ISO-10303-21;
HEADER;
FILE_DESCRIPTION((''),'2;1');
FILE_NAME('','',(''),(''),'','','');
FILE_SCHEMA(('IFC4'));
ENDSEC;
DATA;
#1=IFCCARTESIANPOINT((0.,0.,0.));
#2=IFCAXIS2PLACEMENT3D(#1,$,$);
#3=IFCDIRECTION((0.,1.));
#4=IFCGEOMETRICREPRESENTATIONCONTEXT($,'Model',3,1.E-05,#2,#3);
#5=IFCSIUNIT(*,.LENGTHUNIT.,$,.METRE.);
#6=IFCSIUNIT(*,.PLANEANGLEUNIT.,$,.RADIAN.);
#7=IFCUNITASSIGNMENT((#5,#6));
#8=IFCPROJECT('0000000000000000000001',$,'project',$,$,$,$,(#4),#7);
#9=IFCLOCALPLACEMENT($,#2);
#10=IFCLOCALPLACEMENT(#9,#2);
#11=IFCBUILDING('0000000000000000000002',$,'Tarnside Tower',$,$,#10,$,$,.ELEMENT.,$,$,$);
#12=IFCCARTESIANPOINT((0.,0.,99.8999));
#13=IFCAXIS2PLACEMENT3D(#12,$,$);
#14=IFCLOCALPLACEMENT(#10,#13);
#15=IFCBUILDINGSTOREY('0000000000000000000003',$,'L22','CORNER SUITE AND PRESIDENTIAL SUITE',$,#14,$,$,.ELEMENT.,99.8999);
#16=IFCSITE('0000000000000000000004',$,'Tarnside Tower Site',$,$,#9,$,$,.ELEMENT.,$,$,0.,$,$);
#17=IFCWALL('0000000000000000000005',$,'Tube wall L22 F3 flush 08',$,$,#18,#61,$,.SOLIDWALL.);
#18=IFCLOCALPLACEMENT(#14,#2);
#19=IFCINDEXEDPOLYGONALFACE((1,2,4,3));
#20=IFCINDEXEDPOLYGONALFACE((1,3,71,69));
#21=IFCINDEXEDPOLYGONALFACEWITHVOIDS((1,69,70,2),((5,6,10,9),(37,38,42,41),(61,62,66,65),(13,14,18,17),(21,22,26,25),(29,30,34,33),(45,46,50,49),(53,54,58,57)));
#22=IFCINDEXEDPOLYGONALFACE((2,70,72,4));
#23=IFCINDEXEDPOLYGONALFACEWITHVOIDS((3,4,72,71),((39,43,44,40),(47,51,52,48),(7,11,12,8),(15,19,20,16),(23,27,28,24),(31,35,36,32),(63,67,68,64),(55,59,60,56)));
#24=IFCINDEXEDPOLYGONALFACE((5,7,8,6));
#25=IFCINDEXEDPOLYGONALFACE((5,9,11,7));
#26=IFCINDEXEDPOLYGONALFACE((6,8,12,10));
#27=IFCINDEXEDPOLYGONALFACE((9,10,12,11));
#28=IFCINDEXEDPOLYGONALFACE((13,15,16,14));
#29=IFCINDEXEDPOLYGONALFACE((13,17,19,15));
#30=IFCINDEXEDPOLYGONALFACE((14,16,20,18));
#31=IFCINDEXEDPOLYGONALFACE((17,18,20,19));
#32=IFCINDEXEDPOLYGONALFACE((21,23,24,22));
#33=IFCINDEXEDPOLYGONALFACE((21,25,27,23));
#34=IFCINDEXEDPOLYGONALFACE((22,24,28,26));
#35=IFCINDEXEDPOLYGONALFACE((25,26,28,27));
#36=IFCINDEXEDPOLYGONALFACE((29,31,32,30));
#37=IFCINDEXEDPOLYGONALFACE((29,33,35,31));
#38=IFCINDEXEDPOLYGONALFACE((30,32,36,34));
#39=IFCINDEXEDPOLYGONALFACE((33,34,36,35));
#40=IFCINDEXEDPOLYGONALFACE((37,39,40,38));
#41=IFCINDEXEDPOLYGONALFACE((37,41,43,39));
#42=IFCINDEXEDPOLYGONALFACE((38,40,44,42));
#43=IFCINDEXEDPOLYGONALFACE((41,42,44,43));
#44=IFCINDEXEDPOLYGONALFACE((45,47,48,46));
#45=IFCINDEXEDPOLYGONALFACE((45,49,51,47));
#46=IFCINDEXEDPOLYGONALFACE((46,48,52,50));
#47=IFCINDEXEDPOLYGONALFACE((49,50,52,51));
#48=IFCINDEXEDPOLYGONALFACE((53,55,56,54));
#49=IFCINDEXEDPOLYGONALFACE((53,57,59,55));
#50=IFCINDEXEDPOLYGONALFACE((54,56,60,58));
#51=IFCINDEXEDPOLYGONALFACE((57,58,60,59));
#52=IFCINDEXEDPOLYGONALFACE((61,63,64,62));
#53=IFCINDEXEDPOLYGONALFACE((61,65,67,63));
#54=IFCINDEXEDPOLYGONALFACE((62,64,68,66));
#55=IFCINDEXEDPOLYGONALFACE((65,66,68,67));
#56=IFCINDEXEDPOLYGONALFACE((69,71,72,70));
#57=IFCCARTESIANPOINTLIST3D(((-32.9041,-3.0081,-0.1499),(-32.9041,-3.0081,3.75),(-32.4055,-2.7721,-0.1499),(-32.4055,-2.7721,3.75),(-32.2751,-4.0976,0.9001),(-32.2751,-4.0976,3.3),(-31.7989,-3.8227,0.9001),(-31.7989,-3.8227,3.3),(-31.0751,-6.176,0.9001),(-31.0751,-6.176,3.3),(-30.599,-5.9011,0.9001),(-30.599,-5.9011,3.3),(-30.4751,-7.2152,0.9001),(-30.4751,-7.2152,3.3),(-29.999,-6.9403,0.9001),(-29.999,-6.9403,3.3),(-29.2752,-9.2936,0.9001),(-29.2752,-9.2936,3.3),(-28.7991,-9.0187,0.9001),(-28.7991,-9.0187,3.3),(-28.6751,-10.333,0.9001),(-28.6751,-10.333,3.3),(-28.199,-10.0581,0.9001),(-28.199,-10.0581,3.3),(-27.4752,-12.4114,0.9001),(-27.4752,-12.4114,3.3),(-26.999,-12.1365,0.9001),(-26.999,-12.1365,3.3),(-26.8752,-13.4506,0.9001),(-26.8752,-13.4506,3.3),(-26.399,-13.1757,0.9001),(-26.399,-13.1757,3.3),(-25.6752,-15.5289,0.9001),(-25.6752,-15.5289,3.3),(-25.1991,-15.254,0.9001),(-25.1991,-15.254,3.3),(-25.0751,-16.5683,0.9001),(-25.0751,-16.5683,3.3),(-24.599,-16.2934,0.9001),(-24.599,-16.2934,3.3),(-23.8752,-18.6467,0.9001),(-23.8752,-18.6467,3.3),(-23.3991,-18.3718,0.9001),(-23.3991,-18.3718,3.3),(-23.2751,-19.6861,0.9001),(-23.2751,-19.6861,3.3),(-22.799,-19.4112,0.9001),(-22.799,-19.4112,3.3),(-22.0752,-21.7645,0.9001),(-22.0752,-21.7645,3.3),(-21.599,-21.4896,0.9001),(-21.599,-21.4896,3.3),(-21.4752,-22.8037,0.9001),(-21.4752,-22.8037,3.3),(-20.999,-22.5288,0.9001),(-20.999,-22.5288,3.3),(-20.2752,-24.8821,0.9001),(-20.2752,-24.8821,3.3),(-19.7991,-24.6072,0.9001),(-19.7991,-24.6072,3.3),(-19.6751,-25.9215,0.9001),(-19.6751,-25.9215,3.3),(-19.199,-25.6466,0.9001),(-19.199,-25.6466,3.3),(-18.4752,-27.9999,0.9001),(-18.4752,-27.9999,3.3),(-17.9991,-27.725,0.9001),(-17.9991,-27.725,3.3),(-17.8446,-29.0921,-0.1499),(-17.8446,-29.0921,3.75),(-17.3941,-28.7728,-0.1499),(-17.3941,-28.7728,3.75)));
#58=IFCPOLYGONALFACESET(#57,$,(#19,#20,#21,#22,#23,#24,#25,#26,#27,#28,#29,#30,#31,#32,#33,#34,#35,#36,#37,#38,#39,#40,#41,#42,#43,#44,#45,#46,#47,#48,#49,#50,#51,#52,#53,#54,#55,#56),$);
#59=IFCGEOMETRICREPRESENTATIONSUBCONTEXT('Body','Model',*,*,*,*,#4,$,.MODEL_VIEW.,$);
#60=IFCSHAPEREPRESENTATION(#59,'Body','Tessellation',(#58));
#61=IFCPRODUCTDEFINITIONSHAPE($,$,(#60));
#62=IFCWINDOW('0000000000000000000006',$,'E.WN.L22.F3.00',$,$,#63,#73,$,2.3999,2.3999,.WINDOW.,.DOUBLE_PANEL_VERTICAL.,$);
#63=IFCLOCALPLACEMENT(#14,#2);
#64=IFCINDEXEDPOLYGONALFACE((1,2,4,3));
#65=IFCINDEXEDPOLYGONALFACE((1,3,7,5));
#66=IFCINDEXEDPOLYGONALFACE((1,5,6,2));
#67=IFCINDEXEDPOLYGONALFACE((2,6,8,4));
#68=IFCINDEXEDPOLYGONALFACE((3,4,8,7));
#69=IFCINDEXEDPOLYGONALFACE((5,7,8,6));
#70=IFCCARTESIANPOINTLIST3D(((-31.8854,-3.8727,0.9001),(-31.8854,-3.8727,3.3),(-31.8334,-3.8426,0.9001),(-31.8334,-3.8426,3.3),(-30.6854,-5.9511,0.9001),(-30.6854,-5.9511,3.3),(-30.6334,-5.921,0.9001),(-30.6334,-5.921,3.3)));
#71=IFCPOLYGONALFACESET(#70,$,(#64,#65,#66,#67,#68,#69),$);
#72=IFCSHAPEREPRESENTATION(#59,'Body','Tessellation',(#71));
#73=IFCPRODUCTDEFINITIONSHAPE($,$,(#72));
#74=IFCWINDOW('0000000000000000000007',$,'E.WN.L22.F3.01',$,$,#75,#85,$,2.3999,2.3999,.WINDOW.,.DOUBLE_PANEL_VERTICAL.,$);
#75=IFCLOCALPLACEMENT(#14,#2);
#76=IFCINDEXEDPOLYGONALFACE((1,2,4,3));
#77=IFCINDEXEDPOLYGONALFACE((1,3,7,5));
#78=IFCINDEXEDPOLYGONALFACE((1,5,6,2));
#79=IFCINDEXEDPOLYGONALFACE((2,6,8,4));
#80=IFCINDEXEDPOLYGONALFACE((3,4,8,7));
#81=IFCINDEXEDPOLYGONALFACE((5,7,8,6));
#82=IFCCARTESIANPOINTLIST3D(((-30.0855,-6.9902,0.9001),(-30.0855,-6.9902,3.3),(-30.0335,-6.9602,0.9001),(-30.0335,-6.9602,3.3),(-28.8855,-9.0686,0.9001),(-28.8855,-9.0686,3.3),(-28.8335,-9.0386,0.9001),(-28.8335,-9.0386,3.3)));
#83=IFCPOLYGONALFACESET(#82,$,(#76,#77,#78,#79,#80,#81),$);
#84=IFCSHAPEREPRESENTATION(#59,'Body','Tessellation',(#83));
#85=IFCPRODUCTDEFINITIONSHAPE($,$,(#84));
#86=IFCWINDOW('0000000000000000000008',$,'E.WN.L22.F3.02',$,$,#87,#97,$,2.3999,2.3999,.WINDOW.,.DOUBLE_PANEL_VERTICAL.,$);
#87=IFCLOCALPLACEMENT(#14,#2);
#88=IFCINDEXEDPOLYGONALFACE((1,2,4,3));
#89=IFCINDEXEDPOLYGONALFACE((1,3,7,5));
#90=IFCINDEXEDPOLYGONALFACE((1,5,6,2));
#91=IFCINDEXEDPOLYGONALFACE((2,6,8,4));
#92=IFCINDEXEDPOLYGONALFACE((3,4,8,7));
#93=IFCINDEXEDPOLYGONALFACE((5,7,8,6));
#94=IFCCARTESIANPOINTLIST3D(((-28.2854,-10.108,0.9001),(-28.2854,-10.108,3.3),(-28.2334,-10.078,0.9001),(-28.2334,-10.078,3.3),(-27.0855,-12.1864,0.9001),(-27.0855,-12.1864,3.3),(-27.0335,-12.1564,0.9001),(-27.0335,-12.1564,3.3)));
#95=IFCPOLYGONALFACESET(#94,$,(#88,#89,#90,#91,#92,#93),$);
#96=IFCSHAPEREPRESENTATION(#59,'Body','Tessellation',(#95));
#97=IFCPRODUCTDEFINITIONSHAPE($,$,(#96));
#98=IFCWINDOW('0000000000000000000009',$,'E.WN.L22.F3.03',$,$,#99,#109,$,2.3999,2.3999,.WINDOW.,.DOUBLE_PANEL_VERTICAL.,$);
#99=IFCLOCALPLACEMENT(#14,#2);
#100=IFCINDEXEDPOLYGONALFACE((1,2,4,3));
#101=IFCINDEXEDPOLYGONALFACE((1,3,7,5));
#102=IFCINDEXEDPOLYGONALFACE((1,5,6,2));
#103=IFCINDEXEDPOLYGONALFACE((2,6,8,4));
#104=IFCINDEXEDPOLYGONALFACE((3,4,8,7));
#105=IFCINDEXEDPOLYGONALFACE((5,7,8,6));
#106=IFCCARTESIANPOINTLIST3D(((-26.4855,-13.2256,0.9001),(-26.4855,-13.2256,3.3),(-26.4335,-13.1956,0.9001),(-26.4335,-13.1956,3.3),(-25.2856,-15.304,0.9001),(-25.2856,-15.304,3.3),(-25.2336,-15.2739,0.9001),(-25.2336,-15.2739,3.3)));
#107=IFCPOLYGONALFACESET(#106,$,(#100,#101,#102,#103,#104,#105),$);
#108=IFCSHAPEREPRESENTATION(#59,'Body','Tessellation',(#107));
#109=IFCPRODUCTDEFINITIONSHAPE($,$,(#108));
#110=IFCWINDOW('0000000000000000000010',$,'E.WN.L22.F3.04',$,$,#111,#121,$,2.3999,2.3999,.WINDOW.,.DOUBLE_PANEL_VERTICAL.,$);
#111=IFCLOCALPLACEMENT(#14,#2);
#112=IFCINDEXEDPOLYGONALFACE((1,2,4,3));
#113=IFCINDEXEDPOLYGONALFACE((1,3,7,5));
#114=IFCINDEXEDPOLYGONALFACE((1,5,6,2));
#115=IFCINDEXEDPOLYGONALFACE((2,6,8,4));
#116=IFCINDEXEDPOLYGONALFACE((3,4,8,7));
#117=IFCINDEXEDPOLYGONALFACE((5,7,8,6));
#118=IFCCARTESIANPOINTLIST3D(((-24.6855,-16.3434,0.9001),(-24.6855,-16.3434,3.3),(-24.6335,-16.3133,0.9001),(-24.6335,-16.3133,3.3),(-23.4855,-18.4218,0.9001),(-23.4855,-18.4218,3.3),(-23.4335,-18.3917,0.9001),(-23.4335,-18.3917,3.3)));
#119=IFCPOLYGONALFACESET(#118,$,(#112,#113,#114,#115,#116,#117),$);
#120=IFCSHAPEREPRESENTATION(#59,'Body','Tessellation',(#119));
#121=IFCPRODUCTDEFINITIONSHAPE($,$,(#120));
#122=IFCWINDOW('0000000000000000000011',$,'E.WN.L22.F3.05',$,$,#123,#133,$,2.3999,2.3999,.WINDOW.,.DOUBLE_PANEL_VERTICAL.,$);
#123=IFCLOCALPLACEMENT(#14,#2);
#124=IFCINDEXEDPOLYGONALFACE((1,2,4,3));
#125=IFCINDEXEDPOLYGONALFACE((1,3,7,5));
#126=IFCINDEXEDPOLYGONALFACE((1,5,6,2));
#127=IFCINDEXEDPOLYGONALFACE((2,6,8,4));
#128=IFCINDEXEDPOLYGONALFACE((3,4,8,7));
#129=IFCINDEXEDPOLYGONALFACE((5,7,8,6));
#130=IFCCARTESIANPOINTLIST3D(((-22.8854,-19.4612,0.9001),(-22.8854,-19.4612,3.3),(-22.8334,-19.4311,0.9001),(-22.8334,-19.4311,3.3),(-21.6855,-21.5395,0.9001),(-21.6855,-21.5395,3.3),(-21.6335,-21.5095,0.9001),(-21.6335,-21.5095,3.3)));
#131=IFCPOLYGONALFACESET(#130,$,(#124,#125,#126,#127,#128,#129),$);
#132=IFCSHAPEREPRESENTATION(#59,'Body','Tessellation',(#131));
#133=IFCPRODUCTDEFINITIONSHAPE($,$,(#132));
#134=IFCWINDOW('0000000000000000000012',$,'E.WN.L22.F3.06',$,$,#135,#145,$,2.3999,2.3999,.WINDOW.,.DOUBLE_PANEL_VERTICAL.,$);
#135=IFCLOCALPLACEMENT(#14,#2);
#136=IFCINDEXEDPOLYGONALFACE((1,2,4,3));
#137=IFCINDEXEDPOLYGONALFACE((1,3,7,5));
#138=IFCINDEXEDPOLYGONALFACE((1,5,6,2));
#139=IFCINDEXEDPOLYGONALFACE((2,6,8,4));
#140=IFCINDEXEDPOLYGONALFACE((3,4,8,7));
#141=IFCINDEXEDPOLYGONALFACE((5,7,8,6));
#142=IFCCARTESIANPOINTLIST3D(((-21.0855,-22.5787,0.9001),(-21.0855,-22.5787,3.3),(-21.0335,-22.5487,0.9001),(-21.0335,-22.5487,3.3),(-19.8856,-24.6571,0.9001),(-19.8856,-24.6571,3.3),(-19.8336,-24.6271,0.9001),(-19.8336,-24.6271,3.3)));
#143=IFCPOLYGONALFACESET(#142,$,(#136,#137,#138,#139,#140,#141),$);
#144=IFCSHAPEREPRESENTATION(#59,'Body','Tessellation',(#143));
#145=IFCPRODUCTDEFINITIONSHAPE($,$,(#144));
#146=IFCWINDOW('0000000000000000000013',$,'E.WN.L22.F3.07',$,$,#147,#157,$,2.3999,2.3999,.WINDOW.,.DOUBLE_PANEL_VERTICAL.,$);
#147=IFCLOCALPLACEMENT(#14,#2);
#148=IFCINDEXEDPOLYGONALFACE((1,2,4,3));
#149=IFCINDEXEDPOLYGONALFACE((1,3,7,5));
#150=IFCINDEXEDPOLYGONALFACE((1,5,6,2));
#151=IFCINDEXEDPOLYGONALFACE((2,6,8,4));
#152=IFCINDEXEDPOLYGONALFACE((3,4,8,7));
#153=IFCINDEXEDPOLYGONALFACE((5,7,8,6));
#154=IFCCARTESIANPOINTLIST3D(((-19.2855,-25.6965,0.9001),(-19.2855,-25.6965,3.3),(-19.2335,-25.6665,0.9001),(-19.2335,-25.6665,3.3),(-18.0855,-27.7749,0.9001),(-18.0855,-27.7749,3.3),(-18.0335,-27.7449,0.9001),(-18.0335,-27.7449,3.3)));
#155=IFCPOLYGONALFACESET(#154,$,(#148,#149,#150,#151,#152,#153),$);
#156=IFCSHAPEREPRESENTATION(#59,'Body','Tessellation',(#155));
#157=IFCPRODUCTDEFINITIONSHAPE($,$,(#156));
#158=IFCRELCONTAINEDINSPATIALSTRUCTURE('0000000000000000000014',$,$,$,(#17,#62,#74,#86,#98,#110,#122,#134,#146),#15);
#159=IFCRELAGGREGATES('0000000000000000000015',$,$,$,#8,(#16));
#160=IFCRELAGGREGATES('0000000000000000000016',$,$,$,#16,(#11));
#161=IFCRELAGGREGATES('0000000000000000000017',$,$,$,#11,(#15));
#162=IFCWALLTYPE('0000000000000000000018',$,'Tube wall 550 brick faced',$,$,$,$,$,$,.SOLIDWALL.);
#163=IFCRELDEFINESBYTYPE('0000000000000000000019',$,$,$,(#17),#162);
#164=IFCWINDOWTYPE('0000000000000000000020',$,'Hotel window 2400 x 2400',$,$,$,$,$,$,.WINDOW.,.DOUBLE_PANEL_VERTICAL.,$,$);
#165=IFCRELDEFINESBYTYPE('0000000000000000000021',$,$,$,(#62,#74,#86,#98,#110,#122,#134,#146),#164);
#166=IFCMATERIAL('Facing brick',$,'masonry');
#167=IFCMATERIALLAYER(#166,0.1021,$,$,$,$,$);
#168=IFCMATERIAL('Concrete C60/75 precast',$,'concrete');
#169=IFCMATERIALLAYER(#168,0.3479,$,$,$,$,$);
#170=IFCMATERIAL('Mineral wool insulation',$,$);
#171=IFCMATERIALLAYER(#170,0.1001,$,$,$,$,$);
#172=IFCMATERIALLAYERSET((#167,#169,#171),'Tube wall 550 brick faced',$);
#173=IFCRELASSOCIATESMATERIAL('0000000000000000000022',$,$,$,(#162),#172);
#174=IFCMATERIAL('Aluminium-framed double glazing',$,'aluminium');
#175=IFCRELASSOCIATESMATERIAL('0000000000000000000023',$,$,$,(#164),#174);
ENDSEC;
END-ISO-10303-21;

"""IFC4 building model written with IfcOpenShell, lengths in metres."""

from ifc_helpers import new_model, si_unit, direction, frame, frame_2d, origin, place, context, subcontext, project, spatial, polyline, rectangle, outline, extrude, material, layer, layer_set, type_object, element, fill, save


model = new_model("IFC4")

# Units and contexts
model_context = context("Model", 3, precision=1e-05, world=origin(), true_north=direction((0.0, 1.0)))
body_context = subcontext(model_context, "Body", "Model", "MODEL_VIEW")
ifc_project = project(units=[si_unit("LENGTHUNIT", "METRE"), si_unit("PLANEANGLEUNIT", "RADIAN")], contexts=[model_context])

# Site, building, storey
site_placement = place(None, origin())
site = spatial("IfcSite", under=ifc_project, at=site_placement, Name="Tarnside Tower Site", CompositionType="ELEMENT", RefElevation=0.0)
building_placement = place(site_placement, origin())
building = spatial("IfcBuilding", under=site, at=building_placement, Name="Tarnside Tower", CompositionType="ELEMENT")
storey_placement = place(building_placement, frame((0.0, 0.0, 99.8999)))
storey = spatial("IfcBuildingStorey", under=building, at=storey_placement, Name="L22", Description="CORNER SUITE AND PRESIDENTIAL SUITE", CompositionType="ELEMENT", Elevation=99.8999)

# Shared definitions
ifc_material_1 = material(Name="Facing brick", Category="masonry")
ifc_layer_1 = layer(ifc_material_1, 0.1021)
ifc_material_2 = material(Name="Concrete C60/75 precast", Category="concrete")
ifc_layer_2 = layer(ifc_material_2, 0.3479)
ifc_material_3 = material(Name="Mineral wool insulation")
ifc_layer_3 = layer(ifc_material_3, 0.1001)
ifc_layer_set_1 = layer_set([ifc_layer_1, ifc_layer_2, ifc_layer_3], Name="Tube wall 550 brick faced")
wall_type = type_object("IfcWallType", Name="Tube wall 550 brick faced", PredefinedType="SOLIDWALL", material=ifc_layer_set_1)

# Wall, openings, windows
wall_1_placement = place(storey_placement, frame((-32.6548, -2.8901, -0.1499), z_axis=(0.0, 0.0, 1.0), x_axis=(0.499998, -0.866027, 0.0)))
wall_1 = element("IfcWall", 1, at=wall_1_placement, inside=storey, type_object=wall_type, Name="Tube wall L22 F3 flush 08", PredefinedType="SOLIDWALL", context=body_context, shape_type="SweptSolid", body=[
    extrude(outline(polyline([(-0.0225, -0.2749), (30.0967, -0.2749), (30.0454, 0.2749), (0.0225, 0.2749), (-0.0225, -0.2749)])), origin(), (0.0, 0.0, 1.0), 3.8999),
])
opening_1_placement = place(wall_1_placement, frame((1.2356, 0.0, 1.05)))
opening_1 = element("IfcOpeningElement", 2, at=opening_1_placement, cuts=wall_1, PredefinedType="OPENING", context=body_context, shape_type="SweptSolid", body=[
    extrude(rectangle(XDim=2.3999, YDim=2.3999, at=frame_2d((1.2, 1.2))), frame((0.0, 0.2852, 0.0), z_axis=(0.0, -1.0, 0.0), x_axis=(1.0, 0.0, 0.0)), (0.0, 0.0, 1.0), 0.5701),
])
opening_2_placement = place(wall_1_placement, frame((4.8354, 0.0, 1.05)))
opening_2 = element("IfcOpeningElement", 3, at=opening_2_placement, cuts=wall_1, PredefinedType="OPENING", context=body_context, shape_type="SweptSolid", body=[
    extrude(rectangle(XDim=2.3999, YDim=2.3999, at=frame_2d((1.2, 1.2))), frame((0.0, 0.2852, 0.0), z_axis=(0.0, -1.0, 0.0), x_axis=(1.0, 0.0, 0.0)), (0.0, 0.0, 1.0), 0.5701),
])
opening_3_placement = place(wall_1_placement, frame((8.4355, 0.0, 1.05)))
opening_3 = element("IfcOpeningElement", 4, at=opening_3_placement, cuts=wall_1, PredefinedType="OPENING", context=body_context, shape_type="SweptSolid", body=[
    extrude(rectangle(XDim=2.3999, YDim=2.3999, at=frame_2d((1.2, 1.2))), frame((0.0, 0.2852, 0.0), z_axis=(0.0, -1.0, 0.0), x_axis=(1.0, 0.0, 0.0)), (0.0, 0.0, 1.0), 0.5701),
])
opening_4_placement = place(wall_1_placement, frame((12.0354, 0.0, 1.05)))
opening_4 = element("IfcOpeningElement", 5, at=opening_4_placement, cuts=wall_1, PredefinedType="OPENING", context=body_context, shape_type="SweptSolid", body=[
    extrude(rectangle(XDim=2.3999, YDim=2.3999, at=frame_2d((1.2, 1.2))), frame((0.0, 0.2852, 0.0), z_axis=(0.0, -1.0, 0.0), x_axis=(1.0, 0.0, 0.0)), (0.0, 0.0, 1.0), 0.5701),
])
opening_5_placement = place(wall_1_placement, frame((15.6355, 0.0, 1.05)))
opening_5 = element("IfcOpeningElement", 6, at=opening_5_placement, cuts=wall_1, PredefinedType="OPENING", context=body_context, shape_type="SweptSolid", body=[
    extrude(rectangle(XDim=2.3999, YDim=2.3999, at=frame_2d((1.2, 1.2))), frame((0.0, 0.2852, 0.0), z_axis=(0.0, -1.0, 0.0), x_axis=(1.0, 0.0, 0.0)), (0.0, 0.0, 1.0), 0.5701),
])
opening_6_placement = place(wall_1_placement, frame((19.2356, 0.0, 1.05)))
opening_6 = element("IfcOpeningElement", 7, at=opening_6_placement, cuts=wall_1, PredefinedType="OPENING", context=body_context, shape_type="SweptSolid", body=[
    extrude(rectangle(XDim=2.3999, YDim=2.3999, at=frame_2d((1.2, 1.2))), frame((0.0, 0.2852, 0.0), z_axis=(0.0, -1.0, 0.0), x_axis=(1.0, 0.0, 0.0)), (0.0, 0.0, 1.0), 0.5701),
])
opening_7_placement = place(wall_1_placement, frame((22.8354, 0.0, 1.05)))
opening_7 = element("IfcOpeningElement", 8, at=opening_7_placement, cuts=wall_1, PredefinedType="OPENING", context=body_context, shape_type="SweptSolid", body=[
    extrude(rectangle(XDim=2.3999, YDim=2.3999, at=frame_2d((1.2, 1.2))), frame((0.0, 0.2852, 0.0), z_axis=(0.0, -1.0, 0.0), x_axis=(1.0, 0.0, 0.0)), (0.0, 0.0, 1.0), 0.5701),
])
opening_8_placement = place(wall_1_placement, frame((26.4355, 0.0, 1.05)))
opening_8 = element("IfcOpeningElement", 9, at=opening_8_placement, cuts=wall_1, PredefinedType="OPENING", context=body_context, shape_type="SweptSolid", body=[
    extrude(rectangle(XDim=2.3999, YDim=2.3999, at=frame_2d((1.2, 1.2))), frame((0.0, 0.2852, 0.0), z_axis=(0.0, -1.0, 0.0), x_axis=(1.0, 0.0, 0.0)), (0.0, 0.0, 1.0), 0.5701),
])
ifc_material_4 = material(Name="Aluminium-framed double glazing", Category="aluminium")
window_type = type_object("IfcWindowType", Name="Hotel window 2400 x 2400", PartitioningType="DOUBLE_PANEL_VERTICAL", PredefinedType="WINDOW", material=ifc_material_4)
window_1_placement = place(opening_1_placement, frame((0.0, 0.2051, 0.0)))
window_1 = element("IfcWindow", 10, at=window_1_placement, inside=storey, type_object=window_type, Name="E.WN.L22.F3.00", OverallHeight=2.3999, OverallWidth=2.3999, PartitioningType="DOUBLE_PANEL_VERTICAL", PredefinedType="WINDOW", context=body_context, shape_type="SweptSolid", body=[
    extrude(rectangle(XDim=2.3999, YDim=2.3999, at=frame_2d((1.2, 1.2))), frame((0.0, 0.03, 0.0), z_axis=(0.0, -1.0, 0.0), x_axis=(1.0, 0.0, 0.0)), (0.0, 0.0, 1.0), 0.0601),
])
fill(opening_1, window_1)
window_2_placement = place(opening_2_placement, frame((0.0, 0.2051, 0.0)))
window_2 = element("IfcWindow", 11, at=window_2_placement, inside=storey, type_object=window_type, Name="E.WN.L22.F3.01", OverallHeight=2.3999, OverallWidth=2.3999, PartitioningType="DOUBLE_PANEL_VERTICAL", PredefinedType="WINDOW", context=body_context, shape_type="SweptSolid", body=[
    extrude(rectangle(XDim=2.3999, YDim=2.3999, at=frame_2d((1.2, 1.2))), frame((0.0, 0.03, 0.0), z_axis=(0.0, -1.0, 0.0), x_axis=(1.0, 0.0, 0.0)), (0.0, 0.0, 1.0), 0.0601),
])
fill(opening_2, window_2)
window_3_placement = place(opening_3_placement, frame((0.0, 0.2051, 0.0)))
window_3 = element("IfcWindow", 12, at=window_3_placement, inside=storey, type_object=window_type, Name="E.WN.L22.F3.02", OverallHeight=2.3999, OverallWidth=2.3999, PartitioningType="DOUBLE_PANEL_VERTICAL", PredefinedType="WINDOW", context=body_context, shape_type="SweptSolid", body=[
    extrude(rectangle(XDim=2.3999, YDim=2.3999, at=frame_2d((1.2, 1.2))), frame((0.0, 0.03, 0.0), z_axis=(0.0, -1.0, 0.0), x_axis=(1.0, 0.0, 0.0)), (0.0, 0.0, 1.0), 0.0601),
])
fill(opening_3, window_3)
window_4_placement = place(opening_4_placement, frame((0.0, 0.2051, 0.0)))
window_4 = element("IfcWindow", 13, at=window_4_placement, inside=storey, type_object=window_type, Name="E.WN.L22.F3.03", OverallHeight=2.3999, OverallWidth=2.3999, PartitioningType="DOUBLE_PANEL_VERTICAL", PredefinedType="WINDOW", context=body_context, shape_type="SweptSolid", body=[
    extrude(rectangle(XDim=2.3999, YDim=2.3999, at=frame_2d((1.2, 1.2))), frame((0.0, 0.03, 0.0), z_axis=(0.0, -1.0, 0.0), x_axis=(1.0, 0.0, 0.0)), (0.0, 0.0, 1.0), 0.0601),
])
fill(opening_4, window_4)
window_5_placement = place(opening_5_placement, frame((0.0, 0.2051, 0.0)))
window_5 = element("IfcWindow", 14, at=window_5_placement, inside=storey, type_object=window_type, Name="E.WN.L22.F3.04", OverallHeight=2.3999, OverallWidth=2.3999, PartitioningType="DOUBLE_PANEL_VERTICAL", PredefinedType="WINDOW", context=body_context, shape_type="SweptSolid", body=[
    extrude(rectangle(XDim=2.3999, YDim=2.3999, at=frame_2d((1.2, 1.2))), frame((0.0, 0.03, 0.0), z_axis=(0.0, -1.0, 0.0), x_axis=(1.0, 0.0, 0.0)), (0.0, 0.0, 1.0), 0.0601),
])
fill(opening_5, window_5)
window_6_placement = place(opening_6_placement, frame((0.0, 0.2051, 0.0)))
window_6 = element("IfcWindow", 15, at=window_6_placement, inside=storey, type_object=window_type, Name="E.WN.L22.F3.05", OverallHeight=2.3999, OverallWidth=2.3999, PartitioningType="DOUBLE_PANEL_VERTICAL", PredefinedType="WINDOW", context=body_context, shape_type="SweptSolid", body=[
    extrude(rectangle(XDim=2.3999, YDim=2.3999, at=frame_2d((1.2, 1.2))), frame((0.0, 0.03, 0.0), z_axis=(0.0, -1.0, 0.0), x_axis=(1.0, 0.0, 0.0)), (0.0, 0.0, 1.0), 0.0601),
])
fill(opening_6, window_6)
window_7_placement = place(opening_7_placement, frame((0.0, 0.2051, 0.0)))
window_7 = element("IfcWindow", 16, at=window_7_placement, inside=storey, type_object=window_type, Name="E.WN.L22.F3.06", OverallHeight=2.3999, OverallWidth=2.3999, PartitioningType="DOUBLE_PANEL_VERTICAL", PredefinedType="WINDOW", context=body_context, shape_type="SweptSolid", body=[
    extrude(rectangle(XDim=2.3999, YDim=2.3999, at=frame_2d((1.2, 1.2))), frame((0.0, 0.03, 0.0), z_axis=(0.0, -1.0, 0.0), x_axis=(1.0, 0.0, 0.0)), (0.0, 0.0, 1.0), 0.0601),
])
fill(opening_7, window_7)
window_8_placement = place(opening_8_placement, frame((0.0, 0.2051, 0.0)))
window_8 = element("IfcWindow", 17, at=window_8_placement, inside=storey, type_object=window_type, Name="E.WN.L22.F3.07", OverallHeight=2.3999, OverallWidth=2.3999, PartitioningType="DOUBLE_PANEL_VERTICAL", PredefinedType="WINDOW", context=body_context, shape_type="SweptSolid", body=[
    extrude(rectangle(XDim=2.3999, YDim=2.3999, at=frame_2d((1.2, 1.2))), frame((0.0, 0.03, 0.0), z_axis=(0.0, -1.0, 0.0), x_axis=(1.0, 0.0, 0.0)), (0.0, 0.0, 1.0), 0.0601),
])
fill(opening_8, window_8)

save(model, "model.ifc")
